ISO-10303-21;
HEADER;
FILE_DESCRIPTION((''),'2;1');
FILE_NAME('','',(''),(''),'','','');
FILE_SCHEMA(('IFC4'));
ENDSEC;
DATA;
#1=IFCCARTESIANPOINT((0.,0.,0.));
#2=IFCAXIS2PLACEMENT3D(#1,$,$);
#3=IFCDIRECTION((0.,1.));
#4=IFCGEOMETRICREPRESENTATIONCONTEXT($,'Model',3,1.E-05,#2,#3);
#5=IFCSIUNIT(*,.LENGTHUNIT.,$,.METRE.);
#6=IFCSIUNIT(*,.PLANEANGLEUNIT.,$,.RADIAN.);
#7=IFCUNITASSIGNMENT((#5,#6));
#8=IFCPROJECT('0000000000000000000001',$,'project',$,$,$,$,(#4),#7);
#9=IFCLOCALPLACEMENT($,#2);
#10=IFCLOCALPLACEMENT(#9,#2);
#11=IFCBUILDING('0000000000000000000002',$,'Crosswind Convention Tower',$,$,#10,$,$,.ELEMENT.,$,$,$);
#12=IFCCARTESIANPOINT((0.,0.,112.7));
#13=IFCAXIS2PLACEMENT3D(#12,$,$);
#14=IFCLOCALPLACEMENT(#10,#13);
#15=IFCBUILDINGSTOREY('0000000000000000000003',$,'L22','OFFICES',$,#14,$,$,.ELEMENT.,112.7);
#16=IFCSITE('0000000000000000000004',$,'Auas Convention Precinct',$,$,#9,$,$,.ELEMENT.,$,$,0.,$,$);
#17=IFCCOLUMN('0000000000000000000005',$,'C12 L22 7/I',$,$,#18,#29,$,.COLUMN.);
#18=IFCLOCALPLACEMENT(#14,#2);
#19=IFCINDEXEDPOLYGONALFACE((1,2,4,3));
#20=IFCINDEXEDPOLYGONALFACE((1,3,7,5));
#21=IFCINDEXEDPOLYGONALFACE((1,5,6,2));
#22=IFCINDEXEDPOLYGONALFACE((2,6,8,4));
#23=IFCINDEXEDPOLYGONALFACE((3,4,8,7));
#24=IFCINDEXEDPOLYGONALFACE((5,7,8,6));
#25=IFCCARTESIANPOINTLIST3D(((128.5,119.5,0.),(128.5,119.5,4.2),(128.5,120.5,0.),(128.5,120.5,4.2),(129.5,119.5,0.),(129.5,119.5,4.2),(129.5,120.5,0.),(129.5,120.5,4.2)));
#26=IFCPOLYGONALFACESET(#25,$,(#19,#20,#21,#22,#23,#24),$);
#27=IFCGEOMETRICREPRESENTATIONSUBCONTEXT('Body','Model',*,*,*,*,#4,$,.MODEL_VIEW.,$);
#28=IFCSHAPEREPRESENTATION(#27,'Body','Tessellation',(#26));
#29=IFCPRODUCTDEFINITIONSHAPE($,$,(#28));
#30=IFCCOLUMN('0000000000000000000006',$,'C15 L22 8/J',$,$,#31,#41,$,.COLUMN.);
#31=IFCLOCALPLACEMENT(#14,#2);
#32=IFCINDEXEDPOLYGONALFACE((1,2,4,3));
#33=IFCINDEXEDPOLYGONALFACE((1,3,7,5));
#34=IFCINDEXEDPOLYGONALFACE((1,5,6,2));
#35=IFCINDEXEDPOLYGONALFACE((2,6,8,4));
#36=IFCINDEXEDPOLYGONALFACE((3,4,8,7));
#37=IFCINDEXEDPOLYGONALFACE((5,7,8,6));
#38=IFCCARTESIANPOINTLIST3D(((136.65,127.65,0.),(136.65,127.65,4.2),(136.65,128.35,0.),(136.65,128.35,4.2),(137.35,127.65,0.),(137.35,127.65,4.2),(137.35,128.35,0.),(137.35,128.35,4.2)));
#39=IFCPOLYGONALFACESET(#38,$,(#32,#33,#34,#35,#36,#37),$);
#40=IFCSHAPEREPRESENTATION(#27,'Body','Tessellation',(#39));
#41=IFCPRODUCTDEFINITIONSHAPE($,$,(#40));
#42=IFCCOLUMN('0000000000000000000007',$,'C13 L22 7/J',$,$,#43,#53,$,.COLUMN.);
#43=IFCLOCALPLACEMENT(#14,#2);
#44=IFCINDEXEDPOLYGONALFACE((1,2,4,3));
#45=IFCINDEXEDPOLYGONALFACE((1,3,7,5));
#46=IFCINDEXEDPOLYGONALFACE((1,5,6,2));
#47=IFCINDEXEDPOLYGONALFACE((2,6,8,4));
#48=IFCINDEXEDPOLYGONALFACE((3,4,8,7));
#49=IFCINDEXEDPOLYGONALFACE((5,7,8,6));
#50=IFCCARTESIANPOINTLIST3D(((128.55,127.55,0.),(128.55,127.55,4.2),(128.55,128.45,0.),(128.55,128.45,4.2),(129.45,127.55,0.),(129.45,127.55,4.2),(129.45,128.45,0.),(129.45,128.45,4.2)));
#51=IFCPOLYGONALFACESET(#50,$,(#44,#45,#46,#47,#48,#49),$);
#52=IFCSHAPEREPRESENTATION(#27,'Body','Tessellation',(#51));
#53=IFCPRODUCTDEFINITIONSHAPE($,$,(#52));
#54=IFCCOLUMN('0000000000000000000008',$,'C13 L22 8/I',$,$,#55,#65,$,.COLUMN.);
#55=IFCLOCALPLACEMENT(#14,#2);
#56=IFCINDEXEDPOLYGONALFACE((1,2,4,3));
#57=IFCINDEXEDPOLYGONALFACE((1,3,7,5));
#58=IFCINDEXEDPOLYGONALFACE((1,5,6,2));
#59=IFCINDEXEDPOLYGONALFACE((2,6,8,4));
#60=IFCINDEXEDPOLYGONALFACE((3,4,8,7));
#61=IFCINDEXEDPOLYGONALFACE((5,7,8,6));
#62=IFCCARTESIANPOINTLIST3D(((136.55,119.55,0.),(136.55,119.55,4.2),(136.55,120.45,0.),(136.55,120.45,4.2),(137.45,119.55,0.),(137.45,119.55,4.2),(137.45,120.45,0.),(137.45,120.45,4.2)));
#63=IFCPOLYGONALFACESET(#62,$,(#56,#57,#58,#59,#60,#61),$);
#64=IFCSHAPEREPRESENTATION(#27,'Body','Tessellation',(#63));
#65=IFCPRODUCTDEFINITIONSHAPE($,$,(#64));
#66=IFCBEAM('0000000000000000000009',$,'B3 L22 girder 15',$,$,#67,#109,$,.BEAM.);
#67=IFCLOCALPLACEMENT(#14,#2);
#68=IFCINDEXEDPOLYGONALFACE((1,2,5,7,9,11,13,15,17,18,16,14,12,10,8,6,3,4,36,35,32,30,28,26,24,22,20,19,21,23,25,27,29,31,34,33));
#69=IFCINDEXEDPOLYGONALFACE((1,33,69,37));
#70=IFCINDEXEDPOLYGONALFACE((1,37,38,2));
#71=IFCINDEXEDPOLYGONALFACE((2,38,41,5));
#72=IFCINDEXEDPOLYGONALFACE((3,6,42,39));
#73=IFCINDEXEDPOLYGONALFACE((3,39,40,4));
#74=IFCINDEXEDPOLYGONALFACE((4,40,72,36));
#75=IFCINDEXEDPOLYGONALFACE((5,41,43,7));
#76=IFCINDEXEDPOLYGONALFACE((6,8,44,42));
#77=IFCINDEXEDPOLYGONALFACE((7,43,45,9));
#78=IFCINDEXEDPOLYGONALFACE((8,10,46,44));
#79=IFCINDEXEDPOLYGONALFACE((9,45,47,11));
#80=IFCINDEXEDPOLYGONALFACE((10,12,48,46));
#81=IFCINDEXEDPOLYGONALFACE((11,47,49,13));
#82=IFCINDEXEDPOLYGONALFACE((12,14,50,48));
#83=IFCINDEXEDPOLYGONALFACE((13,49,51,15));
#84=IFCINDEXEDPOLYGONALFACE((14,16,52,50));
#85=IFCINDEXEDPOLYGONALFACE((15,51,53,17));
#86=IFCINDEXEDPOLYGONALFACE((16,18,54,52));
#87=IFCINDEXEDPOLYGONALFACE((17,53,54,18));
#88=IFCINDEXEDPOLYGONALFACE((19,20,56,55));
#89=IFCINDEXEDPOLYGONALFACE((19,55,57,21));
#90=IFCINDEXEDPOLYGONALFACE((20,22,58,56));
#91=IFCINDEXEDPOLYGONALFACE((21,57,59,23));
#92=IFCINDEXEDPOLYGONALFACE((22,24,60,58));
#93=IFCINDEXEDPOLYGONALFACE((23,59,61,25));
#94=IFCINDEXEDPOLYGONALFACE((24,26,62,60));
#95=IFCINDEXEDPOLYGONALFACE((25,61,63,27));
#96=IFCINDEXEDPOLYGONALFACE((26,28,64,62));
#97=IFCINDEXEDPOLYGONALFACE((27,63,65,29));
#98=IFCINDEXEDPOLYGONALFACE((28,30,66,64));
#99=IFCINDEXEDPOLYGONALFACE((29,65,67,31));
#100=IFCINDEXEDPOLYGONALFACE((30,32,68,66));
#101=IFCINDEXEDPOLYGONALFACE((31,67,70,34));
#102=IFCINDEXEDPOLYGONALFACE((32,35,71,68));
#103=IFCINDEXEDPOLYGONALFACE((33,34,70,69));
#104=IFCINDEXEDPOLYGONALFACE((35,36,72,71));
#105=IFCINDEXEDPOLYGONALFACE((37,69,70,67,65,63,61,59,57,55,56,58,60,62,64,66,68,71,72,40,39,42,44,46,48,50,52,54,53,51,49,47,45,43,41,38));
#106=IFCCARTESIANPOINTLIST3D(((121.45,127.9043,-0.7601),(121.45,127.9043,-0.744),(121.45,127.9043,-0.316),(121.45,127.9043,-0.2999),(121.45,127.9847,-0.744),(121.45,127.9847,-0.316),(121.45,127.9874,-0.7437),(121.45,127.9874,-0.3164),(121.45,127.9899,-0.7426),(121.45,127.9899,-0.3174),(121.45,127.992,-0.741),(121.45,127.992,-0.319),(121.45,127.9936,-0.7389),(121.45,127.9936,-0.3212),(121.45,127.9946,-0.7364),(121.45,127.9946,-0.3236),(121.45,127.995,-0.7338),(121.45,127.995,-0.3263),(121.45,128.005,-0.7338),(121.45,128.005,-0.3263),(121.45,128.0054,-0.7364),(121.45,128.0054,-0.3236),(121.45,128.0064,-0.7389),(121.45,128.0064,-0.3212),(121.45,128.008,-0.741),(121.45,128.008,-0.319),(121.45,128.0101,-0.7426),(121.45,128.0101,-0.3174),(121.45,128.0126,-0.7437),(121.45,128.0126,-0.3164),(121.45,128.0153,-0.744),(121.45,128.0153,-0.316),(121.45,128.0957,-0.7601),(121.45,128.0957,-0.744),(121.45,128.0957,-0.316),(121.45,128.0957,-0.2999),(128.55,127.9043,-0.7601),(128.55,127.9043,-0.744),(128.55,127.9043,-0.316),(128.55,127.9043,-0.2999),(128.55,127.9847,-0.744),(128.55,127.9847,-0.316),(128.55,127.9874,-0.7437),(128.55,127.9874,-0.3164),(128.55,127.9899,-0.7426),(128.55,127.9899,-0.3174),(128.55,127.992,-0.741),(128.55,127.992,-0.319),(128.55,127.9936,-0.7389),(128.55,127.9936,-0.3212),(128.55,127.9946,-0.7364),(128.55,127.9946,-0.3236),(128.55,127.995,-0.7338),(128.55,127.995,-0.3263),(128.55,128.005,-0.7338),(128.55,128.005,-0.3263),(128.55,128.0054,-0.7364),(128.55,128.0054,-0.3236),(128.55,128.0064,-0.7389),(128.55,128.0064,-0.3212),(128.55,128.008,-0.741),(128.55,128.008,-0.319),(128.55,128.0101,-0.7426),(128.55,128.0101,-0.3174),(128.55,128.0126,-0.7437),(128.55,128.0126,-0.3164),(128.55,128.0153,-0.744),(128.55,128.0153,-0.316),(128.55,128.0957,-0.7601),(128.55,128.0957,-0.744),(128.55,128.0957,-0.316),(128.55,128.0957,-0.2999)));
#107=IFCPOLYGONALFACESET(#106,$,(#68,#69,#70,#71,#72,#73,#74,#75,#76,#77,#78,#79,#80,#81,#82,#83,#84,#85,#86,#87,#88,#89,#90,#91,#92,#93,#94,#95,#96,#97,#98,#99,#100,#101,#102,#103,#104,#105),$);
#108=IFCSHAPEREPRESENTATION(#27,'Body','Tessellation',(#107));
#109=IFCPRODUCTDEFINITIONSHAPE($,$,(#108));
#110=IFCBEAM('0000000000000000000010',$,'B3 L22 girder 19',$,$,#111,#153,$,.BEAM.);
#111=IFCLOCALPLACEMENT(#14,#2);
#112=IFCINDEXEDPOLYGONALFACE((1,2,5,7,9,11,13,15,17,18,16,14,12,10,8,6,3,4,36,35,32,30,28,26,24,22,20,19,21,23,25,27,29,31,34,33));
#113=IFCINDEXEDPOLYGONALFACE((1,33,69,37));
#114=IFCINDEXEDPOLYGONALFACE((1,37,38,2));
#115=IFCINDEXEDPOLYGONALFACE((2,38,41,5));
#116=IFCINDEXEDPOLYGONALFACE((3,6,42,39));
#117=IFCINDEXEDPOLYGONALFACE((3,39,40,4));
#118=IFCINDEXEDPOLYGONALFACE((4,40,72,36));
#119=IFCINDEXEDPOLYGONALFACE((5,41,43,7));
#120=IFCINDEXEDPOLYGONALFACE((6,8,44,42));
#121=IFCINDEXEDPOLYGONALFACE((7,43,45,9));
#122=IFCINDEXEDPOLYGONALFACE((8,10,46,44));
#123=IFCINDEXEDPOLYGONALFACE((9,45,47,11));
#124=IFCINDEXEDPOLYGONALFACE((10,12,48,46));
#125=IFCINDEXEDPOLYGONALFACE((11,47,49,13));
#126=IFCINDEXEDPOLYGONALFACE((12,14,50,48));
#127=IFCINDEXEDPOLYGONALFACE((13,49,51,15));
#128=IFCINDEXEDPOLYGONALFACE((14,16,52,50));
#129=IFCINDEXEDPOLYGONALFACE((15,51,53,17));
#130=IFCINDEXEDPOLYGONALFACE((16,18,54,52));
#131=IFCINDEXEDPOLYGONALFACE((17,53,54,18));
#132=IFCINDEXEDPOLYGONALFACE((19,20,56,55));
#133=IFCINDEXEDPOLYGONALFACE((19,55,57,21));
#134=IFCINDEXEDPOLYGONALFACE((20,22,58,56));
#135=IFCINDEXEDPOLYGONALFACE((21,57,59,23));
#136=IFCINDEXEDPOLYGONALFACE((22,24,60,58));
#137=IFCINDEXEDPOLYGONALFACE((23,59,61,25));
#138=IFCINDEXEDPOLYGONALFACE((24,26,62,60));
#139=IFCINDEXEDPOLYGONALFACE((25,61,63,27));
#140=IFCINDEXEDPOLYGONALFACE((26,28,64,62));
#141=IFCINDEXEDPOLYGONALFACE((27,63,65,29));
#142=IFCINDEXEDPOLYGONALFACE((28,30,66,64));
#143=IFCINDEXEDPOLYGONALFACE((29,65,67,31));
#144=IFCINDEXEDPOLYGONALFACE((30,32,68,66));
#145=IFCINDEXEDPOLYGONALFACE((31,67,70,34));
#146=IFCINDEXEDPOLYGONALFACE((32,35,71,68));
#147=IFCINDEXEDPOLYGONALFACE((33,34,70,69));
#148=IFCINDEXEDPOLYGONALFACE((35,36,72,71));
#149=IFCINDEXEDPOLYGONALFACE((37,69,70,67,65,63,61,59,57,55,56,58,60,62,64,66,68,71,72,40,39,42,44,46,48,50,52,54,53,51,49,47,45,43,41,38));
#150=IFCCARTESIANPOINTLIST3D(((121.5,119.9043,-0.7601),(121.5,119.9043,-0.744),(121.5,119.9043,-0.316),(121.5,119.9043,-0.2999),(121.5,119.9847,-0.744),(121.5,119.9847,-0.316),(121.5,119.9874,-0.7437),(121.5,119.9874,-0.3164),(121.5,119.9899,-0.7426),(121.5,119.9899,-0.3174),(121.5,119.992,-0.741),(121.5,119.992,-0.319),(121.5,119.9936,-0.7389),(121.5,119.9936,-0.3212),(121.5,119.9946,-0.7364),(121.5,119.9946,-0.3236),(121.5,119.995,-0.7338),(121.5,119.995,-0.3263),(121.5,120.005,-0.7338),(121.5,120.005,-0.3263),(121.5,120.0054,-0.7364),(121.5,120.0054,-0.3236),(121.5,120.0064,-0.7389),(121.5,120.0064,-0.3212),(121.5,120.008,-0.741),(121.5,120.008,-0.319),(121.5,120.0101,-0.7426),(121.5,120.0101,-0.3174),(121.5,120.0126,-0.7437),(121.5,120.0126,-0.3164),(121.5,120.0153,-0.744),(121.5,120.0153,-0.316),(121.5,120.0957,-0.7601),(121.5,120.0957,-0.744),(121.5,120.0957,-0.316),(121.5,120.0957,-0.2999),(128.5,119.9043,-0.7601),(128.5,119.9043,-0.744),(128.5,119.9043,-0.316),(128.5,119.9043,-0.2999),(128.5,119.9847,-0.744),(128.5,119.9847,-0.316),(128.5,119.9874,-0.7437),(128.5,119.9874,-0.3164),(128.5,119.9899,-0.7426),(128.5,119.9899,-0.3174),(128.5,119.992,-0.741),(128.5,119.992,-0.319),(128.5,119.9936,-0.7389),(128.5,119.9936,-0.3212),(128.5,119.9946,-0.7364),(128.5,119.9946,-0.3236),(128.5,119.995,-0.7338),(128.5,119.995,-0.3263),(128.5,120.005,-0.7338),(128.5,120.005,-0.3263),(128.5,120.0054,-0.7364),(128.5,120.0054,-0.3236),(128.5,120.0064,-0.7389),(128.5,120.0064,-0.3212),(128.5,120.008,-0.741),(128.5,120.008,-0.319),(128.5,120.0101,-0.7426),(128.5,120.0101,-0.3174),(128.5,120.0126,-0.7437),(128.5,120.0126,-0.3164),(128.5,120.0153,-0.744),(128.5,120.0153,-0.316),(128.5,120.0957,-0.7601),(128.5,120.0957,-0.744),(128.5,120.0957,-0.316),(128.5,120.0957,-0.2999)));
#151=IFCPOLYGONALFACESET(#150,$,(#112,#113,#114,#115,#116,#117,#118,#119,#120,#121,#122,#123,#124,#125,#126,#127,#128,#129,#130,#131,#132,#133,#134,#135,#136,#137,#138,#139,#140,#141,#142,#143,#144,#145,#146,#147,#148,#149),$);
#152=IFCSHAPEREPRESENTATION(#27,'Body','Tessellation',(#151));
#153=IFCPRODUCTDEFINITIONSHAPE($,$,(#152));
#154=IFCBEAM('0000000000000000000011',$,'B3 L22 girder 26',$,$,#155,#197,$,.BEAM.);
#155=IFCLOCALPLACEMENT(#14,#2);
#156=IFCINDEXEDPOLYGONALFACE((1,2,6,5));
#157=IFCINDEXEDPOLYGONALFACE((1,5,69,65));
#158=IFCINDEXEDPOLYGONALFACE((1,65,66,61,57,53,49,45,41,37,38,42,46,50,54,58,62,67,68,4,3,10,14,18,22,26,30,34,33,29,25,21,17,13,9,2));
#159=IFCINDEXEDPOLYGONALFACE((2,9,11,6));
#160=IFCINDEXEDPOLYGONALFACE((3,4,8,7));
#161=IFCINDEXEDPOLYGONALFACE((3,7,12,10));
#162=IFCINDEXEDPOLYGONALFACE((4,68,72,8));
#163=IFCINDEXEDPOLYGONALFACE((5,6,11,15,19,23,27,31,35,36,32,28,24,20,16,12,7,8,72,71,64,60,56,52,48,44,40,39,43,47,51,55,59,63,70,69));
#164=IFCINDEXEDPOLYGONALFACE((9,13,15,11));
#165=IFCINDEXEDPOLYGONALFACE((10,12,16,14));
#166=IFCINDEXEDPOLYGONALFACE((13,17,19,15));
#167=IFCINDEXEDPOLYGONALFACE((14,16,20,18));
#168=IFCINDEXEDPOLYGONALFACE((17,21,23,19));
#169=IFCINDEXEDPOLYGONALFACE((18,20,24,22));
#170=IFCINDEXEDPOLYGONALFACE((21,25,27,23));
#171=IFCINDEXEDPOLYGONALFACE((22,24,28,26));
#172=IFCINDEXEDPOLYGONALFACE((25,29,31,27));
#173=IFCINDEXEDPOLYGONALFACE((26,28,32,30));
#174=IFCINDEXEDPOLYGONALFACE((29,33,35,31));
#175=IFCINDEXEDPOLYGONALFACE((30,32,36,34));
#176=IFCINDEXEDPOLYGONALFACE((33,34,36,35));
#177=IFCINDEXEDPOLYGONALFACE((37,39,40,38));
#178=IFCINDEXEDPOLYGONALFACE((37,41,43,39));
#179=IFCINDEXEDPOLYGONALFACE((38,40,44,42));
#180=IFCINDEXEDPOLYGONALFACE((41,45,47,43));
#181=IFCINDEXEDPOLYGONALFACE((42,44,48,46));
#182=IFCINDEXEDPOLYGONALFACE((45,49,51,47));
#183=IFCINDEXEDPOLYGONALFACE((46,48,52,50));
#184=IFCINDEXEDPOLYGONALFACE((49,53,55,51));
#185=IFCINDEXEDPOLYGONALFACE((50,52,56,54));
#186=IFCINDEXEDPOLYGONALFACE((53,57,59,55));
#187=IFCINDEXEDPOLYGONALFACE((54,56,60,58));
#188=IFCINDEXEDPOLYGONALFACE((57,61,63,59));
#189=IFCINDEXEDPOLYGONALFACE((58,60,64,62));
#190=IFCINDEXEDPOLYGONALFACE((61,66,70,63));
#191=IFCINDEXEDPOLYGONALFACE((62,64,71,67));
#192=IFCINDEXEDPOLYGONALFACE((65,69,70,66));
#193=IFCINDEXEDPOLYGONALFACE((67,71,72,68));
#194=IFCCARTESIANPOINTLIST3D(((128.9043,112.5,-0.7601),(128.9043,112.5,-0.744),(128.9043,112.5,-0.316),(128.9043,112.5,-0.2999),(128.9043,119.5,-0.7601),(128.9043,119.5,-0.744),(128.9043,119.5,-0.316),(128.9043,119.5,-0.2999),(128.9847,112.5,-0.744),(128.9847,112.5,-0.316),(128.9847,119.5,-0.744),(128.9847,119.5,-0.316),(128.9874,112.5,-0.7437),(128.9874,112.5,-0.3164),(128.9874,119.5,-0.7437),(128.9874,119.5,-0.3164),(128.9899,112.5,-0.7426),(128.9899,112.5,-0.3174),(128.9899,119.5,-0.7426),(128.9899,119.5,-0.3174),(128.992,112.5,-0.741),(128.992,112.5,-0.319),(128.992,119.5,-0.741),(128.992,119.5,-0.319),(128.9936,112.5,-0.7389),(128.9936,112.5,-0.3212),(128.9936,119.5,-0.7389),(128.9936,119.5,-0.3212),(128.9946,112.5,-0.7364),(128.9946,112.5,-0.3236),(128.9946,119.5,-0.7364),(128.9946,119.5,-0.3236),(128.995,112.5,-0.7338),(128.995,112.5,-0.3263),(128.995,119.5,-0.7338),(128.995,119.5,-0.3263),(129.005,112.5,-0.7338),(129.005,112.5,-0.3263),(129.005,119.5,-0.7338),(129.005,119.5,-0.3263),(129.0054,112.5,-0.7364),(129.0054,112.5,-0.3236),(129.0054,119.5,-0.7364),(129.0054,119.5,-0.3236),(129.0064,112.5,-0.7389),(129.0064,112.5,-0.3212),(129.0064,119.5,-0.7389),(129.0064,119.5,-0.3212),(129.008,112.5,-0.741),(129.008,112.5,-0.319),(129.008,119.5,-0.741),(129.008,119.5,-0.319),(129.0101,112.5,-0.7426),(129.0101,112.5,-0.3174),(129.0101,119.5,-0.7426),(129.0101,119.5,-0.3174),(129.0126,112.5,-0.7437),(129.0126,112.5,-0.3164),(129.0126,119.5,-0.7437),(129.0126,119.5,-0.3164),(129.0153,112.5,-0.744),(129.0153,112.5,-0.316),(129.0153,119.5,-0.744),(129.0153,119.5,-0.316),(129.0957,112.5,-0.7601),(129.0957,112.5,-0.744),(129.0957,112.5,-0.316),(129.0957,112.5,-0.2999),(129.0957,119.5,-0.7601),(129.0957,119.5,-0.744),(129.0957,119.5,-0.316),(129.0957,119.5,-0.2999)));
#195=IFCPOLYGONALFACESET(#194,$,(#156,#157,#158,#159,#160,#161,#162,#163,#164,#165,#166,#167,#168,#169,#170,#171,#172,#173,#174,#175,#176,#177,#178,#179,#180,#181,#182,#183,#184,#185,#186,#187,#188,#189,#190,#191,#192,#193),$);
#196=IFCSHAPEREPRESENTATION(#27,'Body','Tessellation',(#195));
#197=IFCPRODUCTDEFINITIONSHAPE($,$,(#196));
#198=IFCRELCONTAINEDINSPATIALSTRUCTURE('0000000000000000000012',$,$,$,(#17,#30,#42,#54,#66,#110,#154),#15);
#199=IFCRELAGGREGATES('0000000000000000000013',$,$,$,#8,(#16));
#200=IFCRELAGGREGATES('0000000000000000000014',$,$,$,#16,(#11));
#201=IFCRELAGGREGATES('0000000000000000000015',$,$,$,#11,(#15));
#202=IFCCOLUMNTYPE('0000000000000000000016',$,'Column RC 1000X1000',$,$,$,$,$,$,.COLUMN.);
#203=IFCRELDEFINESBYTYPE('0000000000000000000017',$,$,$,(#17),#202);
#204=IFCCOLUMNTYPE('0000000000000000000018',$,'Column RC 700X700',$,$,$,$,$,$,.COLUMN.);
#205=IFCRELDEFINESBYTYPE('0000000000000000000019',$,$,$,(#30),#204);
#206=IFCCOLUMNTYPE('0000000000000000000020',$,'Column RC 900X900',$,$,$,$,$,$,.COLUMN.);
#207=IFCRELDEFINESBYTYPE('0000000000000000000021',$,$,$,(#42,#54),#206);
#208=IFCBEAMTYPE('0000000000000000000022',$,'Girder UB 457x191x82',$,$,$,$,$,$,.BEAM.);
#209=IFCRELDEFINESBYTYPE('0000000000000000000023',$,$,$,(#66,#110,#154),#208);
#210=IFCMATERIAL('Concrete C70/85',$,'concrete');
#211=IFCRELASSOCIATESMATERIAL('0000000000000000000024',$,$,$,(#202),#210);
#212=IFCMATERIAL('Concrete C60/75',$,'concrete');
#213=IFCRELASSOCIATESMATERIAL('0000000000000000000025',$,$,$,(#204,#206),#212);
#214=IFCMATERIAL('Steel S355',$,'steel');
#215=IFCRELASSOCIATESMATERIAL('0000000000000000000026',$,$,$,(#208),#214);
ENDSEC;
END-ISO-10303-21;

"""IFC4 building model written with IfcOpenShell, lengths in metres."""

from ifc_helpers import new_model, si_unit, direction, frame, origin, origin_2d, place, context, subcontext, project, spatial, rectangle, i_section, extrude, material, material_profile, profile_set, type_object, element, save


model = new_model("IFC4")

# Units and contexts
model_context = context("Model", 3, precision=1e-05, world=origin(), true_north=direction((0.0, 1.0)))
body_context = subcontext(model_context, "Body", "Model", "MODEL_VIEW")
ifc_project = project(units=[si_unit("LENGTHUNIT", "METRE"), si_unit("PLANEANGLEUNIT", "RADIAN")], contexts=[model_context])

# Site, building, storey
site_placement = place(None, origin())
site = spatial("IfcSite", under=ifc_project, at=site_placement, Name="Auas Convention Precinct", CompositionType="ELEMENT", RefElevation=0.0)
building_placement = place(site_placement, origin())
building = spatial("IfcBuilding", under=site, at=building_placement, Name="Crosswind Convention Tower", CompositionType="ELEMENT")
storey_placement = place(building_placement, frame((0.0, 0.0, 112.7)))
storey = spatial("IfcBuildingStorey", under=building, at=storey_placement, Name="L22", Description="OFFICES", CompositionType="ELEMENT", Elevation=112.7)

# Columns
ifc_material_1 = material(Name="Concrete C70/85", Category="concrete")
ifc_material_profile_1 = material_profile(ifc_material_1, rectangle(XDim=1.0, YDim=1.0, at=origin_2d()), Name="RC 1000X1000")
ifc_profile_set_1 = profile_set([ifc_material_profile_1], Name="Concrete C70/85")
column_type_1 = type_object("IfcColumnType", Name="Column RC 1000X1000", PredefinedType="COLUMN", material=ifc_profile_set_1)
column_1_placement = place(storey_placement, frame((129.0, 120.0, 0.0), z_axis=(0.0, 0.0, 1.0), x_axis=(1.0, 0.0, 0.0)))
element("IfcColumn", 1, at=column_1_placement, inside=storey, type_object=column_type_1, Name="C12 L22 7/I", PredefinedType="COLUMN", context=body_context, shape_type="SweptSolid", body=[
    extrude(rectangle(XDim=1.0, YDim=1.0, at=origin_2d()), origin(), (0.0, 0.0, 1.0), 4.2),
])
ifc_material_2 = material(Name="Concrete C60/75", Category="concrete")
ifc_material_profile_2 = material_profile(ifc_material_2, rectangle(XDim=0.7, YDim=0.7, at=origin_2d()), Name="RC 700X700")
ifc_profile_set_2 = profile_set([ifc_material_profile_2], Name="Concrete C60/75")
column_type_2 = type_object("IfcColumnType", Name="Column RC 700X700", PredefinedType="COLUMN", material=ifc_profile_set_2)
column_2_placement = place(storey_placement, frame((137.0, 128.0, 0.0), z_axis=(0.0, 0.0, 1.0), x_axis=(1.0, 0.0, 0.0)))
element("IfcColumn", 2, at=column_2_placement, inside=storey, type_object=column_type_2, Name="C15 L22 8/J", PredefinedType="COLUMN", context=body_context, shape_type="SweptSolid", body=[
    extrude(rectangle(XDim=0.7, YDim=0.7, at=origin_2d()), origin(), (0.0, 0.0, 1.0), 4.2),
])
ifc_material_profile_3 = material_profile(ifc_material_2, rectangle(XDim=0.8999, YDim=0.8999, at=origin_2d()), Name="RC 900X900")
ifc_profile_set_3 = profile_set([ifc_material_profile_3], Name="Concrete C60/75")
column_type_3 = type_object("IfcColumnType", Name="Column RC 900X900", PredefinedType="COLUMN", material=ifc_profile_set_3)
for number, where, z_axis, x_axis, name in (
    (3, (129.0, 128.0, 0.0), (0.0, 0.0, 1.0), (1.0, 0.0, 0.0), "C13 L22 7/J"),
    (4, (137.0, 120.0, 0.0), (0.0, 0.0, 1.0), (1.0, 0.0, 0.0), "C13 L22 8/I"),
):
    element("IfcColumn", number, at=place(storey_placement, frame(where, z_axis=z_axis, x_axis=x_axis)), inside=storey, type_object=column_type_3, Name=name, PredefinedType="COLUMN", context=body_context, shape_type="SweptSolid", body=[
        extrude(rectangle(XDim=0.8999, YDim=0.8999, at=origin_2d()), origin(), (0.0, 0.0, 1.0), 4.2),
    ])

# Beams
ifc_material_3 = material(Name="Steel S355", Category="steel")
ifc_material_profile_4 = material_profile(ifc_material_3, i_section(OverallWidth=0.1914, OverallDepth=0.4602, WebThickness=0.01, FlangeThickness=0.0161, FilletRadius=0.0103, at=origin_2d()), Name="UB 457x191x82")
ifc_profile_set_4 = profile_set([ifc_material_profile_4], Name="Steel S355")
beam_type_1 = type_object("IfcBeamType", Name="Girder UB 457x191x82", PredefinedType="BEAM", material=ifc_profile_set_4)
beam_1_placement = place(storey_placement, frame((121.45, 128.0, -0.53), z_axis=(1.0, 0.0, 0.0), x_axis=(0.0, 1.0, 0.0)))
element("IfcBeam", 5, at=beam_1_placement, inside=storey, type_object=beam_type_1, Name="B3 L22 girder 15", PredefinedType="BEAM", context=body_context, shape_type="SweptSolid", body=[
    extrude(i_section(OverallWidth=0.1914, OverallDepth=0.4602, WebThickness=0.01, FlangeThickness=0.0161, FilletRadius=0.0103, at=origin_2d()), origin(), (0.0, 0.0, 1.0), 7.1001),
])
for number, where, z_axis, x_axis, name in (
    (6, (121.5, 120.0, -0.53), (1.0, 0.0, 0.0), (0.0, 1.0, 0.0), "B3 L22 girder 19"),
    (7, (129.0, 112.5, -0.53), (0.0, 1.0, 0.0), (-1.0, 0.0, 0.0), "B3 L22 girder 26"),
):
    element("IfcBeam", number, at=place(storey_placement, frame(where, z_axis=z_axis, x_axis=x_axis)), inside=storey, type_object=beam_type_1, Name=name, PredefinedType="BEAM", context=body_context, shape_type="SweptSolid", body=[
        extrude(i_section(OverallWidth=0.1914, OverallDepth=0.4602, WebThickness=0.01, FlangeThickness=0.0161, FilletRadius=0.0103, at=origin_2d()), origin(), (0.0, 0.0, 1.0), 7.0),
    ])

save(model, "model.ifc")
